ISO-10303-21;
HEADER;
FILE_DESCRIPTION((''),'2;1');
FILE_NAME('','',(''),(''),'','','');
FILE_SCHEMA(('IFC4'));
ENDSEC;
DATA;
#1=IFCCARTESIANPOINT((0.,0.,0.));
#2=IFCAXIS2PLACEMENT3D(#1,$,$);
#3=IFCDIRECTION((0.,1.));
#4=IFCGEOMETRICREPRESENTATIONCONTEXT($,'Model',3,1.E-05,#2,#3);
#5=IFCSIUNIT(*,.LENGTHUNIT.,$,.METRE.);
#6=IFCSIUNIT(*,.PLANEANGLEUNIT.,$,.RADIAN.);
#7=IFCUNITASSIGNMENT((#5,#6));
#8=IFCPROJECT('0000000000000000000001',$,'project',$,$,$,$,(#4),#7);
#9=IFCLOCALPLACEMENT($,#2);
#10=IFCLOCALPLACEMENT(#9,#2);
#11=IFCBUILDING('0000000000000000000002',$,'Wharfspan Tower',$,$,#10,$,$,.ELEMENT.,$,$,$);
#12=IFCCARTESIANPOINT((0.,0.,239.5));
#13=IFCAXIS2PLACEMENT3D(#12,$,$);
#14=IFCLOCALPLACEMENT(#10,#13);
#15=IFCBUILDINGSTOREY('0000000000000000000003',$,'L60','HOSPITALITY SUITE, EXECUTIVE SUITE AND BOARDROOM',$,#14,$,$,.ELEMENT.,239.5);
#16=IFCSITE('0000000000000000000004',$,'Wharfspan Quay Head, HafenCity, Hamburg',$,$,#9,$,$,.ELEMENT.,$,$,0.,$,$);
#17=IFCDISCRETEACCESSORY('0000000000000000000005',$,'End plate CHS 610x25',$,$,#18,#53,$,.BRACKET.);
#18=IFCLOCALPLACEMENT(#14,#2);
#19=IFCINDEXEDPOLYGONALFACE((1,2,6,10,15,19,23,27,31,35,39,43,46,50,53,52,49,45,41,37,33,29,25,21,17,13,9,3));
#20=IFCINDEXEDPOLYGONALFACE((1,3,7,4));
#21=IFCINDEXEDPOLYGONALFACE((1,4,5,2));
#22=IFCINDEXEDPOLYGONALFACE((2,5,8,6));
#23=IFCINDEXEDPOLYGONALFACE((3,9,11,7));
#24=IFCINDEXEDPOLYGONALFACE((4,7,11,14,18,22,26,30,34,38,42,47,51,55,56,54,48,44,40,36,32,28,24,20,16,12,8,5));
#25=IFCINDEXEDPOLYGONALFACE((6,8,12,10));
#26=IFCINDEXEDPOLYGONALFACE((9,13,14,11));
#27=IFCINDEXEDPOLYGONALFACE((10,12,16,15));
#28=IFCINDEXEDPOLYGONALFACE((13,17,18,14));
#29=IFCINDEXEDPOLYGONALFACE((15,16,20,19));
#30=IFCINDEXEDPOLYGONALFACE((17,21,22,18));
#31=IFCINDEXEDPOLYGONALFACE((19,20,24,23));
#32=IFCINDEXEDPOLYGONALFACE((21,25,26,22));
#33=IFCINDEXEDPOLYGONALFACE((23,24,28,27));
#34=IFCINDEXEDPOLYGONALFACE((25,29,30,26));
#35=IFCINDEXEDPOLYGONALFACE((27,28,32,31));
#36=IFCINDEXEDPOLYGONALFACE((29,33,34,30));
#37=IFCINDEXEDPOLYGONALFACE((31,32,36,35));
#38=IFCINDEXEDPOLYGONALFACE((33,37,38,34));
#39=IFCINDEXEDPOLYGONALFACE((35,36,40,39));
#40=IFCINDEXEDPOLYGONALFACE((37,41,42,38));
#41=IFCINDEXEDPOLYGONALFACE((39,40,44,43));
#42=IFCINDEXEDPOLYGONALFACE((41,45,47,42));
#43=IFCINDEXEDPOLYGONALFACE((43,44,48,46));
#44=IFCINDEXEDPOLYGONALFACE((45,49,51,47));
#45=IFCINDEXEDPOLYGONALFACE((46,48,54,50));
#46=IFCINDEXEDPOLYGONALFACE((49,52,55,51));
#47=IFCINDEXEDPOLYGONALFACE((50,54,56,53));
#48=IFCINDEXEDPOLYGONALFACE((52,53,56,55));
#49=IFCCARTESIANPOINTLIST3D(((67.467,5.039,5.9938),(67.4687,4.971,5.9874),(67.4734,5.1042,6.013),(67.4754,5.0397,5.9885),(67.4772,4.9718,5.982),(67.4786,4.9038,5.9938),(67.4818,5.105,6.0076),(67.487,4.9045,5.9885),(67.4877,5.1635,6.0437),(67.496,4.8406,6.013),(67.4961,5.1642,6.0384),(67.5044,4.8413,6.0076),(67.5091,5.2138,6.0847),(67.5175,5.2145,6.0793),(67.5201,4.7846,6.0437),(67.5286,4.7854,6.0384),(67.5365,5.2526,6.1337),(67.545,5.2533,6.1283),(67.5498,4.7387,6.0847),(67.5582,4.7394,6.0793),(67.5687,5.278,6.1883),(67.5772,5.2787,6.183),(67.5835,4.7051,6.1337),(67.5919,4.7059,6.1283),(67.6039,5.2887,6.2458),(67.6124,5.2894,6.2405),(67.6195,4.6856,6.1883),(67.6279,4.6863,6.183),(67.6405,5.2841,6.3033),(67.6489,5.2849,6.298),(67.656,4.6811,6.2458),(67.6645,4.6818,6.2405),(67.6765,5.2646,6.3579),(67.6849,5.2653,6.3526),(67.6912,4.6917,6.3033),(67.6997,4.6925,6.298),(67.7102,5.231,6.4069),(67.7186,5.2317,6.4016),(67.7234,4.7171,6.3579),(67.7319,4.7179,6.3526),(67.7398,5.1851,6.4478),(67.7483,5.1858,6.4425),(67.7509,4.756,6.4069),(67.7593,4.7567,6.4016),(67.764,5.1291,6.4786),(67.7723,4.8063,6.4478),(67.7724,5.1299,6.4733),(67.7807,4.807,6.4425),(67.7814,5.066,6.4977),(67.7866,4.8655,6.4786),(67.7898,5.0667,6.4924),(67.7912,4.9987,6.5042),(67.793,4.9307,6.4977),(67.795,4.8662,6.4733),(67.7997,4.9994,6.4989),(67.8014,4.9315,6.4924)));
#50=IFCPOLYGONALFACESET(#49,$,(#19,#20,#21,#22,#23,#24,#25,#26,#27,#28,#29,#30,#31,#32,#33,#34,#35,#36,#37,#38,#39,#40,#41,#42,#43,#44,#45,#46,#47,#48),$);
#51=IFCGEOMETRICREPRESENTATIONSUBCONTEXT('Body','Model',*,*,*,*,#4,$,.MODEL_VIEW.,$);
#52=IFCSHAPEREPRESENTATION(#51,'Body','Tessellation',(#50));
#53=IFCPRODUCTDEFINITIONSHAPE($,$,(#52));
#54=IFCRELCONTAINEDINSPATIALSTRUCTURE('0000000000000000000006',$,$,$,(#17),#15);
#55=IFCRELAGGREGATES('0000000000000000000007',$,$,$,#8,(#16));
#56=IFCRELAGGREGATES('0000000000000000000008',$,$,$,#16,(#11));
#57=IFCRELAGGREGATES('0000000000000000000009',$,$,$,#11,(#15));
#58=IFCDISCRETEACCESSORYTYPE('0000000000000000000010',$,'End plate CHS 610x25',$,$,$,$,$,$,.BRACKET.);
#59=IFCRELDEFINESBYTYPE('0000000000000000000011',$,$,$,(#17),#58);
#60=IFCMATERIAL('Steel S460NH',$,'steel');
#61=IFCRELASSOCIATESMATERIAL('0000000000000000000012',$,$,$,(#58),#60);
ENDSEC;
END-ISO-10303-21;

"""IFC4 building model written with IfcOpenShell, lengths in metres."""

from ifc_helpers import new_model, si_unit, direction, frame, origin, origin_2d, place, context, subcontext, project, spatial, circle, extrude, material, material_profile, profile_set, type_object, element, save


model = new_model("IFC4")

# Units and contexts
model_context = context("Model", 3, precision=1e-05, world=origin(), true_north=direction((0.0, 1.0)))
body_context = subcontext(model_context, "Body", "Model", "MODEL_VIEW")
ifc_project = project(units=[si_unit("LENGTHUNIT", "METRE"), si_unit("PLANEANGLEUNIT", "RADIAN")], contexts=[model_context])

# Site, building, storey
site_placement = place(None, origin())
site = spatial("IfcSite", under=ifc_project, at=site_placement, Name="Wharfspan Quay Head, HafenCity, Hamburg", CompositionType="ELEMENT", RefElevation=0.0)
building_placement = place(site_placement, origin())
building = spatial("IfcBuilding", under=site, at=building_placement, Name="Wharfspan Tower", CompositionType="ELEMENT")
storey_placement = place(building_placement, frame((0.0, 0.0, 239.5)))
storey = spatial("IfcBuildingStorey", under=building, at=storey_placement, Name="L60", Description="HOSPITALITY SUITE, EXECUTIVE SUITE AND BOARDROOM", CompositionType="ELEMENT", Elevation=239.5)

# Shared definitions
ifc_material_1 = material(Name="Steel S460NH", Category="steel")

# Discrete accessory
ifc_material_profile_1 = material_profile(ifc_material_1, circle(Radius=0.3049, at=origin_2d()))
ifc_profile_set_1 = profile_set([ifc_material_profile_1], Name="Steel S460NH")
discrete_accessory_type = type_object("IfcDiscreteAccessoryType", Name="End plate CHS 610x25", PredefinedType="BRACKET", material=ifc_profile_set_1)
for number, where, z_axis, x_axis, name in (
    (1, (67.6384, 4.9856, 6.2405), (-0.844416, -0.072379, 0.530776), (0.085402, -0.99635, 0.0), "End plate CHS 610x25"),
):
    element("IfcDiscreteAccessory", number, at=place(storey_placement, frame(where, z_axis=z_axis, x_axis=x_axis)), inside=storey, type_object=discrete_accessory_type, Name=name, PredefinedType="BRACKET", context=body_context, shape_type="SweptSolid", body=[
        extrude(circle(Radius=0.3049, at=origin_2d()), origin(), (0.0, 0.0, 1.0), 0.01),
    ])

save(model, "model.ifc")
